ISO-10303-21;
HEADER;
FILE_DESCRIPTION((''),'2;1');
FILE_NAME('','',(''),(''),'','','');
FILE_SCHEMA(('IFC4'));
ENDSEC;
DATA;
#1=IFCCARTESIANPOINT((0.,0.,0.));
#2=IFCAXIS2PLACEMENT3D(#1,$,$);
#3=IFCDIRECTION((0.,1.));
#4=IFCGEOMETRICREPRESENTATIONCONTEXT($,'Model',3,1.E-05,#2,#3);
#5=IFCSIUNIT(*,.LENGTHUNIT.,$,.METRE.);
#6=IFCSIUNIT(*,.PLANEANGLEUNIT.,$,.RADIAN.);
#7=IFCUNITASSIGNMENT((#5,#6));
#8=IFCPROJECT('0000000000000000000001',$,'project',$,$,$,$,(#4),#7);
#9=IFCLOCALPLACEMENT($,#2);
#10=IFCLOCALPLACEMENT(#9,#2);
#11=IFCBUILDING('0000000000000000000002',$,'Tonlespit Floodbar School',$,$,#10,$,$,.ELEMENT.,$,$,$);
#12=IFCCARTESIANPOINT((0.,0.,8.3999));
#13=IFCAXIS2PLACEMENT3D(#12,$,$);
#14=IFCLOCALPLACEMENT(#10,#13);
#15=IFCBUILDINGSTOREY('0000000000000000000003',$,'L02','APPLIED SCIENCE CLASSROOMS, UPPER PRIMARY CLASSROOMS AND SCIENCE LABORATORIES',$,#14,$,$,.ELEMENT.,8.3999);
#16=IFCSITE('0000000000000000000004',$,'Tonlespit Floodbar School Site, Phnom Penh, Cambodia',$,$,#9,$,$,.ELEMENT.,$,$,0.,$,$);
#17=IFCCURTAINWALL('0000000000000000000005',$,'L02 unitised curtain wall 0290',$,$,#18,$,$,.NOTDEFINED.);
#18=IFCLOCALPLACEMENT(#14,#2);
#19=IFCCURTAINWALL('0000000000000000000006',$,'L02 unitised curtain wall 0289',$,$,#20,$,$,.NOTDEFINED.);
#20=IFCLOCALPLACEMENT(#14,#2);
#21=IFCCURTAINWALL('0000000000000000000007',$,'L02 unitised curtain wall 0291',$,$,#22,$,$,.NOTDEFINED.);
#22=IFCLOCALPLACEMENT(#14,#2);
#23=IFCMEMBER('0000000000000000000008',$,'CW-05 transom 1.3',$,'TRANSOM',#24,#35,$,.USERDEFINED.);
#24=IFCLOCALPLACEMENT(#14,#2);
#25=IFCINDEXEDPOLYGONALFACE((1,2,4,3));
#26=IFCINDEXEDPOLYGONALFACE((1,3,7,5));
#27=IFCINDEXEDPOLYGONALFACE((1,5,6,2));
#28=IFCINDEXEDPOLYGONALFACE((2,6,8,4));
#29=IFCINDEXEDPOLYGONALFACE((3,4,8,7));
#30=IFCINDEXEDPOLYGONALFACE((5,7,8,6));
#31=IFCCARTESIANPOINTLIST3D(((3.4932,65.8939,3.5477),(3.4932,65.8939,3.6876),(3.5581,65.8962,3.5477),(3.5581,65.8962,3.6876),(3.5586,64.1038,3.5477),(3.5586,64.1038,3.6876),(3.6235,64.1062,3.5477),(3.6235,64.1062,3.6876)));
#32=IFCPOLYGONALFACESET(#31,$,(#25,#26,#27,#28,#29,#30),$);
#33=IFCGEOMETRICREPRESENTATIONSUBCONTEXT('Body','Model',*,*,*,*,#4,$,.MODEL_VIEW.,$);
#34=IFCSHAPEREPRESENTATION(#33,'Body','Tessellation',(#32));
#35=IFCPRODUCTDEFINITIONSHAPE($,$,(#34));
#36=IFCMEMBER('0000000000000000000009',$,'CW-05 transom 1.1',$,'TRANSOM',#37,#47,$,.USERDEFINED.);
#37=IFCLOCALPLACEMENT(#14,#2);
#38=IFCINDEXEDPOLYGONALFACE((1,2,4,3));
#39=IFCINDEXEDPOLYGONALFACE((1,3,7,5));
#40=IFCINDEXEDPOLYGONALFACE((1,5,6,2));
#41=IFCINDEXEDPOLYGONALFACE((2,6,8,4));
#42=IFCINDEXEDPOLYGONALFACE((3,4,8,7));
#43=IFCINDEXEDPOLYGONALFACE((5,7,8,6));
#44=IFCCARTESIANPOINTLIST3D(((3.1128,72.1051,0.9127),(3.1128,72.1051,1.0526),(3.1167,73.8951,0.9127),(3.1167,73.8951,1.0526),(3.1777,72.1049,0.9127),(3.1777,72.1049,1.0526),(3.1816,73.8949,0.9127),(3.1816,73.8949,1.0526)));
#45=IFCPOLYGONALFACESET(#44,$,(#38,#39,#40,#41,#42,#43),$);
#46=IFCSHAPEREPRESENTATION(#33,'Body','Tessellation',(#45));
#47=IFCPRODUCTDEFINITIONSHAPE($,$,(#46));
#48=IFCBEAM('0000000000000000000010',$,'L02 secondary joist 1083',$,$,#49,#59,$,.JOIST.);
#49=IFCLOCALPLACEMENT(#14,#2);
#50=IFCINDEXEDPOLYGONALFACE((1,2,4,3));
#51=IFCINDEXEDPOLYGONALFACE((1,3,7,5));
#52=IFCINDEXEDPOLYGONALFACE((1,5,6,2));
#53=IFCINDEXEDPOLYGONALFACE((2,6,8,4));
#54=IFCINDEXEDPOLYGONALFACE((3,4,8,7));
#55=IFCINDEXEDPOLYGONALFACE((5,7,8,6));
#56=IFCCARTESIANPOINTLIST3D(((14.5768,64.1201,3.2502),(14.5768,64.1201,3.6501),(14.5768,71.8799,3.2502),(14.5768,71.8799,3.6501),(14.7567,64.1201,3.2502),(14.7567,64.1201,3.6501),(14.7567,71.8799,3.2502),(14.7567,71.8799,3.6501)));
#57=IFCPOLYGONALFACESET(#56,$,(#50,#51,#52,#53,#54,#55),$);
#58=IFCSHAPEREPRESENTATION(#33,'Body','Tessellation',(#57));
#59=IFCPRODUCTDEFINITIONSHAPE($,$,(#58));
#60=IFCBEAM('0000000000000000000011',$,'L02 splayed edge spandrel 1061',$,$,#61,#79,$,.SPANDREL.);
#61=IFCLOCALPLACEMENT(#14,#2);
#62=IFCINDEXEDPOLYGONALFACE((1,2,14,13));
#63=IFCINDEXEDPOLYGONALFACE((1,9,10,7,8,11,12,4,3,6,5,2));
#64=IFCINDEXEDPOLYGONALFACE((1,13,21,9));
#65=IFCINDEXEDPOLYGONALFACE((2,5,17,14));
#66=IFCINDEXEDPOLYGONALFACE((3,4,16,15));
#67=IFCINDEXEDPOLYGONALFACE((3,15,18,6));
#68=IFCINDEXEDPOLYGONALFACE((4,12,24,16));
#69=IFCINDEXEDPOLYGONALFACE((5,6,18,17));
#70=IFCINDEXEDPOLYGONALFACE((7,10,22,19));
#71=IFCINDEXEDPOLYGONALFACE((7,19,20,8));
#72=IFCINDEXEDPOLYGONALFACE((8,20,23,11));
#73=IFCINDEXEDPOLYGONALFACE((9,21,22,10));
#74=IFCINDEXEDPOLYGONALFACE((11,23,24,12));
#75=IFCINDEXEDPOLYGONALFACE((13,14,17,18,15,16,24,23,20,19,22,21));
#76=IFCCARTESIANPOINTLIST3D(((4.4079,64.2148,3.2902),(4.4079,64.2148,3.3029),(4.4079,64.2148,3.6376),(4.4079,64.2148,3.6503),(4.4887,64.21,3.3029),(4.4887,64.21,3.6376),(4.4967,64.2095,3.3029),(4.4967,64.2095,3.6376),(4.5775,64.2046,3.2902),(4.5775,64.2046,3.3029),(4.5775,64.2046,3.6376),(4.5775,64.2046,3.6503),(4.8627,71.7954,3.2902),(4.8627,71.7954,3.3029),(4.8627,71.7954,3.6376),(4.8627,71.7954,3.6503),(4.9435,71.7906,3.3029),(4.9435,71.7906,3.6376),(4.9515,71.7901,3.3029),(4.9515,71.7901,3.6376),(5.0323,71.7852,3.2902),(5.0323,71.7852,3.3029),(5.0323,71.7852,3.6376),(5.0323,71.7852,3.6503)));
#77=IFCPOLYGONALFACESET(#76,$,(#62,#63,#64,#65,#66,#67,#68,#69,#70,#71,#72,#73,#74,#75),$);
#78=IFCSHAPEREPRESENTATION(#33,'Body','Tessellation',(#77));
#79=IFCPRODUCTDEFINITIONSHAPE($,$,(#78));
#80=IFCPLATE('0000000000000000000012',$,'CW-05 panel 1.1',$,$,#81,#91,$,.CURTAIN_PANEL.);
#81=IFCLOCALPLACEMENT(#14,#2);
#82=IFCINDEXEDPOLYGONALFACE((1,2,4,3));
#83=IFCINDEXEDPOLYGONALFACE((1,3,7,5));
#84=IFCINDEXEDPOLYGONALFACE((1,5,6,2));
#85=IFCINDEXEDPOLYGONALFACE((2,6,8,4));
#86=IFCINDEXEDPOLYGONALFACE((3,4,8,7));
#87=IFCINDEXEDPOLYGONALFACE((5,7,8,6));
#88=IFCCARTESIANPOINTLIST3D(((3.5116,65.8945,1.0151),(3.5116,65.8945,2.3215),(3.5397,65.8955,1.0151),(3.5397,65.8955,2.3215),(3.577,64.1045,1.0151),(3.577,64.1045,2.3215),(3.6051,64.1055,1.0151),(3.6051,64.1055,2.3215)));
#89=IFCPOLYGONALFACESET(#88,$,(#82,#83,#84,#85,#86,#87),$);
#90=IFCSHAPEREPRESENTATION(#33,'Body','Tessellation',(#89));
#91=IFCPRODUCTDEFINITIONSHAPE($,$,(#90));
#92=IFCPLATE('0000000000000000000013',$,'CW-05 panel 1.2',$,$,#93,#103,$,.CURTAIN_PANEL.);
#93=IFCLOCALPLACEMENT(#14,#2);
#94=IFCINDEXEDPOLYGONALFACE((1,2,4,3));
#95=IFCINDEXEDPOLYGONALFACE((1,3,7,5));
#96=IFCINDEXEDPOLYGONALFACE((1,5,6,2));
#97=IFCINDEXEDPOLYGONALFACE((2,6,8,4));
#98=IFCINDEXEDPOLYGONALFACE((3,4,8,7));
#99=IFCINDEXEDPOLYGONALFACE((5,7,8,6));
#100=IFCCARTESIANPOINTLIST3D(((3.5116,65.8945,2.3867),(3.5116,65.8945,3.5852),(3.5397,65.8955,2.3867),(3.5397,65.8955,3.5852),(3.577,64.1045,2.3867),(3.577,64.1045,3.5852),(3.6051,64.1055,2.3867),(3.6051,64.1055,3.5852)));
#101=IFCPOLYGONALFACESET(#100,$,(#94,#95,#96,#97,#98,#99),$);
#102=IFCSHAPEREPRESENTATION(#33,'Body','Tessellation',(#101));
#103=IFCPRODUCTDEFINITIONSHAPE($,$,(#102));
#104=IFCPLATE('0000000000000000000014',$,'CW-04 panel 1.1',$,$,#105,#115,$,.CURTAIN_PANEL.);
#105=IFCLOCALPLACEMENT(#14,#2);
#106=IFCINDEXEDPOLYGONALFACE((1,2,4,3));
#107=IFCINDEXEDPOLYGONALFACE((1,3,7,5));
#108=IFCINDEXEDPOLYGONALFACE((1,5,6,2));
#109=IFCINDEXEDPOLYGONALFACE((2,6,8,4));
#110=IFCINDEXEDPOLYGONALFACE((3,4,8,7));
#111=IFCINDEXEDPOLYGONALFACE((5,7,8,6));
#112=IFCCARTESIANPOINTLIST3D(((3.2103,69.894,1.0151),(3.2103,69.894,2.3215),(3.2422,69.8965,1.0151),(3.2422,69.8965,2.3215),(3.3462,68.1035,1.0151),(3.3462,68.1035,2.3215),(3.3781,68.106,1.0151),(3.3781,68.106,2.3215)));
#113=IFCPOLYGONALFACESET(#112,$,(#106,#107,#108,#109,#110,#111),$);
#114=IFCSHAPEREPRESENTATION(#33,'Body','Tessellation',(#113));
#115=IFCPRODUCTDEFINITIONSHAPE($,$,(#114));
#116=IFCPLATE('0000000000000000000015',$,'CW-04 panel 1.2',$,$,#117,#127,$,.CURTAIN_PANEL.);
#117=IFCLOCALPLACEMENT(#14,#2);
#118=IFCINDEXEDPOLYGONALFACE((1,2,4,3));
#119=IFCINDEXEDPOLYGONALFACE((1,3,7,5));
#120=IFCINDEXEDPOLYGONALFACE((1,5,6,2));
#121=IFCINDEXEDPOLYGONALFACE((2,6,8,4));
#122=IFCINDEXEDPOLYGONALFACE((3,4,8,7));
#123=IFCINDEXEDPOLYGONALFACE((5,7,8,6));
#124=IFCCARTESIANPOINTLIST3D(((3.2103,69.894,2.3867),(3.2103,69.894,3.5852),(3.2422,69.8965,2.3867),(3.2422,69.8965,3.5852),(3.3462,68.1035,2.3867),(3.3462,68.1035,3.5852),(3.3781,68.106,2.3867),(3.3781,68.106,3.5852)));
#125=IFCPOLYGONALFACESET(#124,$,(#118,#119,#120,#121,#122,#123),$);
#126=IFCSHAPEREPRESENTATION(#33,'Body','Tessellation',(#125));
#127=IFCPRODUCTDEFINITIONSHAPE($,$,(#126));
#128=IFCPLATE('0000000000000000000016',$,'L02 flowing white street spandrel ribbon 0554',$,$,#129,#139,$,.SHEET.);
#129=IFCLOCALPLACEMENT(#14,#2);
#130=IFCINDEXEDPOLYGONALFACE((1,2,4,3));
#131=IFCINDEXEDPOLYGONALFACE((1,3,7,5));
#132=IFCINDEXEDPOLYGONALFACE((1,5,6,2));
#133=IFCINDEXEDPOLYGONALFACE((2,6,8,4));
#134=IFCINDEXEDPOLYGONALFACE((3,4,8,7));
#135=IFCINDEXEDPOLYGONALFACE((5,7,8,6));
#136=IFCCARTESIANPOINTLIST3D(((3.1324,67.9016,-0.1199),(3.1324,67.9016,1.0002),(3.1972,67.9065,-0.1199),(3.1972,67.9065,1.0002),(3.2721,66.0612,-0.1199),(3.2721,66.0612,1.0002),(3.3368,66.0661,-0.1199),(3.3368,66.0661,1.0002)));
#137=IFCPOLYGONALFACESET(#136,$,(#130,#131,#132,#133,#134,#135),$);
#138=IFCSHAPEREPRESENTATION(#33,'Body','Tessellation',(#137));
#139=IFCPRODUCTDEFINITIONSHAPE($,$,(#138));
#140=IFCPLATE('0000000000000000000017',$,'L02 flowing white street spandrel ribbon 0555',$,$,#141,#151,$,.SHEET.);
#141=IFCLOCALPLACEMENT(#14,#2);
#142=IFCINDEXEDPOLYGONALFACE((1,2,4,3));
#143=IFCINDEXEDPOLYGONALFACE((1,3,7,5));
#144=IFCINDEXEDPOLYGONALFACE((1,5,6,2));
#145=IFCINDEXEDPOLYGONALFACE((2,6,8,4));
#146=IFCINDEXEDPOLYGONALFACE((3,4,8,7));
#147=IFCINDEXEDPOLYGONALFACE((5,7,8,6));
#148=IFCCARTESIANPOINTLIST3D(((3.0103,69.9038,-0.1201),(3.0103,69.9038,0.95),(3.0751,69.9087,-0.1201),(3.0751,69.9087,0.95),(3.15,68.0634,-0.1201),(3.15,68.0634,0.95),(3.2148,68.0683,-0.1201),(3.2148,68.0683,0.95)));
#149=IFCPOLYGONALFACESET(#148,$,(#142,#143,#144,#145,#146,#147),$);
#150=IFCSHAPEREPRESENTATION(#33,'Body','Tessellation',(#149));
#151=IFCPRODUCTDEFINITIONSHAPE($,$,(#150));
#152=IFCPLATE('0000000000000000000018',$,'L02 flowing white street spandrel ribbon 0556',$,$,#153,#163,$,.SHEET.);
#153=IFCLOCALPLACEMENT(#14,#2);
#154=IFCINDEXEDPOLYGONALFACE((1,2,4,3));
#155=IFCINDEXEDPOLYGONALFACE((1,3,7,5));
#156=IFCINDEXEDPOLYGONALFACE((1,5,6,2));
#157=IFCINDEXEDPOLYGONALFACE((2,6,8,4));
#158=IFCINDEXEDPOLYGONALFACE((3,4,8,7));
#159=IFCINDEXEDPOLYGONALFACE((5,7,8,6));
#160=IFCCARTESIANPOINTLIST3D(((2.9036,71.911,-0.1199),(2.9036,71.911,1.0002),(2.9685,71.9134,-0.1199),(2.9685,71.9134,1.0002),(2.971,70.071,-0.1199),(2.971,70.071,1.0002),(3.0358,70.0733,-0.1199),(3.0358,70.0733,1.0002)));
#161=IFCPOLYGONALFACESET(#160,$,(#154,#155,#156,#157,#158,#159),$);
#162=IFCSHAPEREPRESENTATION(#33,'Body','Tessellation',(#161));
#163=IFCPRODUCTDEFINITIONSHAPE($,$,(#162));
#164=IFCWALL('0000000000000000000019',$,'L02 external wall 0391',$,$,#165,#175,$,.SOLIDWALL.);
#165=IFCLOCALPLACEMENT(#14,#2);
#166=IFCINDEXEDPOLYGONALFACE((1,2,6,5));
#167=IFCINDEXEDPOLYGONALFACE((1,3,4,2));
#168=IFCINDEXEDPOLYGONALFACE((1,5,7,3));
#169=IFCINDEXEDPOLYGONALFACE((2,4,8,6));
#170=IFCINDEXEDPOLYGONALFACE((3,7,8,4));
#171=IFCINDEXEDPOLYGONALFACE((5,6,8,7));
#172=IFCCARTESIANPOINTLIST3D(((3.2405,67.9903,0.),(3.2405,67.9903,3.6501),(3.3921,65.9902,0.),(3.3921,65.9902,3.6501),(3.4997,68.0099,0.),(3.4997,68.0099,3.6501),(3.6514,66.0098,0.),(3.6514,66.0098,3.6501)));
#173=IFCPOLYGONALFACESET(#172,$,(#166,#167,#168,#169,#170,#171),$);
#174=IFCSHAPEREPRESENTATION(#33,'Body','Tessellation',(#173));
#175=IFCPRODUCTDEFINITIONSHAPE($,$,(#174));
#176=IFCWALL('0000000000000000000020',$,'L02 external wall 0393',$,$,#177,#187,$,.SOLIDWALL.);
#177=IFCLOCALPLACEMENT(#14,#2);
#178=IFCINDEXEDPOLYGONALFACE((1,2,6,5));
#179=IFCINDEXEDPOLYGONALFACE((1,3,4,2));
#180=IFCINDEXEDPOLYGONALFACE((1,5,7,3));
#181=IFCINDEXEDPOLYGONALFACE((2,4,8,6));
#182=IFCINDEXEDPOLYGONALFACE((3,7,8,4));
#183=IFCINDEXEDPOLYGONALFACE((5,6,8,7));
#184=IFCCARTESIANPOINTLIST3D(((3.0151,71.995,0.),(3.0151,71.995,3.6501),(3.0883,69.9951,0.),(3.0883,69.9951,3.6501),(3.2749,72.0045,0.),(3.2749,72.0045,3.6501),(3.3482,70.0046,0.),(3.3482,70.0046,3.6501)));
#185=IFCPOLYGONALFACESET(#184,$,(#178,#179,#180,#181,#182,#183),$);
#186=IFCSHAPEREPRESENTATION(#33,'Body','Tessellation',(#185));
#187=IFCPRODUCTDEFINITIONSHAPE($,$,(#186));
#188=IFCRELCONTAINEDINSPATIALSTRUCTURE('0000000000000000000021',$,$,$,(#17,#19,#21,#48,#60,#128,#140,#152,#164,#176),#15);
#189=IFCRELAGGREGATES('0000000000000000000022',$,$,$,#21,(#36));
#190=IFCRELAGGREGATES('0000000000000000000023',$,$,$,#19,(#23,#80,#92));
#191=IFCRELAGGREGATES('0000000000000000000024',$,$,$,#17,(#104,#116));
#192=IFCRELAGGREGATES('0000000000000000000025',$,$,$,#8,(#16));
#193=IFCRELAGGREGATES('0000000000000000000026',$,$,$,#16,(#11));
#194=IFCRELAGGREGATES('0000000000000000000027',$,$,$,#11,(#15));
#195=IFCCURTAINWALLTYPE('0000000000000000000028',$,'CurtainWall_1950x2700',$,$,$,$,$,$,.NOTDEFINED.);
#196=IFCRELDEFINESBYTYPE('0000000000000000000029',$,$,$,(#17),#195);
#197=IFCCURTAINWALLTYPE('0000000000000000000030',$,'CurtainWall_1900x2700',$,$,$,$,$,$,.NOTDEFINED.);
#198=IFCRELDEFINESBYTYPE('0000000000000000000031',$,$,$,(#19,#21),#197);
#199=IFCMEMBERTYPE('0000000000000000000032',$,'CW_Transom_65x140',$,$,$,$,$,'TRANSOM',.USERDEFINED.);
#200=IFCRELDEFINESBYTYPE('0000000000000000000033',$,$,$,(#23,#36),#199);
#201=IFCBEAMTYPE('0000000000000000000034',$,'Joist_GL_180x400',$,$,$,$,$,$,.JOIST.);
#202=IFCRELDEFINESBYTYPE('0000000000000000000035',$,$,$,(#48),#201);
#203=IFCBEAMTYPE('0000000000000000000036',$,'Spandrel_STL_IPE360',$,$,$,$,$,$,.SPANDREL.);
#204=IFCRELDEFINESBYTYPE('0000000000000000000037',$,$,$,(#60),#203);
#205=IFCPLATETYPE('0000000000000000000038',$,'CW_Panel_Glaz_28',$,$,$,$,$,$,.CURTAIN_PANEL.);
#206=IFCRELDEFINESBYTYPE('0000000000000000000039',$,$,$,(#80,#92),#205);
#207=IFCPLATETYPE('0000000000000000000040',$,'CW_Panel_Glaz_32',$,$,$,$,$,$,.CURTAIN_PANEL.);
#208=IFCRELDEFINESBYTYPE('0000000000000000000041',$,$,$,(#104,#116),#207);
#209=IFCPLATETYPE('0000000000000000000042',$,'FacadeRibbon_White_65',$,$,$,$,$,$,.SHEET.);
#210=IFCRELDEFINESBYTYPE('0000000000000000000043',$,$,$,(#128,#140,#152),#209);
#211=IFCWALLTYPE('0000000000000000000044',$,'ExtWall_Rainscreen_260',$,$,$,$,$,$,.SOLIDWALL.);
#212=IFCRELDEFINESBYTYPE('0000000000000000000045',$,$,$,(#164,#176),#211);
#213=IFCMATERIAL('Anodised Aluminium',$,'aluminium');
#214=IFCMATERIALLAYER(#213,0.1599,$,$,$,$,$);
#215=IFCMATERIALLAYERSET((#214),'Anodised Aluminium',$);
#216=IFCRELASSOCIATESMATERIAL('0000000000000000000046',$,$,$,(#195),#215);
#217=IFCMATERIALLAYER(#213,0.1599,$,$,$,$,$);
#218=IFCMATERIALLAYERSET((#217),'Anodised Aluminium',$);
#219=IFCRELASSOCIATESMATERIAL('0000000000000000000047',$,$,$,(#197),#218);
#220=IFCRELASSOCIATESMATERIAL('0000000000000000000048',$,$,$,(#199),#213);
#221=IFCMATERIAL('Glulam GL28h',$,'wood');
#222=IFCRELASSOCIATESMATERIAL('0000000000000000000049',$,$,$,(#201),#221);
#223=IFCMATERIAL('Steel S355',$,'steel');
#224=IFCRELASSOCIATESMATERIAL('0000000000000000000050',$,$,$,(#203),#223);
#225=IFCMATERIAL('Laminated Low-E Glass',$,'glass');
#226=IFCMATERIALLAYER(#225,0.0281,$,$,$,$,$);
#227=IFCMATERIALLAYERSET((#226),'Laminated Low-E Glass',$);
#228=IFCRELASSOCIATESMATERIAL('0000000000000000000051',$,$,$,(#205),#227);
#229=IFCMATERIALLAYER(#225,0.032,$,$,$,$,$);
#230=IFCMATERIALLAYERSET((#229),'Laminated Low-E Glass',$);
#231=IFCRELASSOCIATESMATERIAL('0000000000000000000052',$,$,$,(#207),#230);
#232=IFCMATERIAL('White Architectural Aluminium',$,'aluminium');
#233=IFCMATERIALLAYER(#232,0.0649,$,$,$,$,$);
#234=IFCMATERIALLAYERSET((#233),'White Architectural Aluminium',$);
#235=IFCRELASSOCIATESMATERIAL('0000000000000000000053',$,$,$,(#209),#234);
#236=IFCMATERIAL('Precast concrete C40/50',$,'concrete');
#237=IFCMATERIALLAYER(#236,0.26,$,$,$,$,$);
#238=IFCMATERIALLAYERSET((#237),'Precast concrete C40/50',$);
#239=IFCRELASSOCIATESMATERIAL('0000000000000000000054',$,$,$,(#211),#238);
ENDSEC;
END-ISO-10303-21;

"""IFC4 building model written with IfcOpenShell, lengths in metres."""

from ifc_helpers import new_model, si_unit, direction, frame, frame_2d, origin, origin_2d, place, context, subcontext, project, spatial, rectangle, i_section, extrude, material, layer, layer_set, material_profile, profile_set, type_object, element, aggregate, save


model = new_model("IFC4")

# Units and contexts
model_context = context("Model", 3, precision=1e-05, world=origin(), true_north=direction((0.0, 1.0)))
body_context = subcontext(model_context, "Body", "Model", "MODEL_VIEW")
ifc_project = project(units=[si_unit("LENGTHUNIT", "METRE"), si_unit("PLANEANGLEUNIT", "RADIAN")], contexts=[model_context])

# Site, building, storey
site_placement = place(None, origin())
site = spatial("IfcSite", under=ifc_project, at=site_placement, Name="Tonlespit Floodbar School Site, Phnom Penh, Cambodia", CompositionType="ELEMENT", RefElevation=0.0)
building_placement = place(site_placement, origin())
building = spatial("IfcBuilding", under=site, at=building_placement, Name="Tonlespit Floodbar School", CompositionType="ELEMENT")
storey_placement = place(building_placement, frame((0.0, 0.0, 8.3999)))
storey = spatial("IfcBuildingStorey", under=building, at=storey_placement, Name="L02", Description="APPLIED SCIENCE CLASSROOMS, UPPER PRIMARY CLASSROOMS AND SCIENCE LABORATORIES", CompositionType="ELEMENT", Elevation=8.3999)

# Shared definitions
ifc_material_1 = material(Name="Glulam GL28h", Category="wood")

# Curtain wall
ifc_material_2 = material(Name="Anodised Aluminium", Category="aluminium")
ifc_layer_1 = layer(ifc_material_2, 0.1599)
ifc_layer_set_1 = layer_set([ifc_layer_1], Name="Anodised Aluminium")
curtain_wall_type_1 = type_object("IfcCurtainWallType", Name="CurtainWall_1950x2700", PredefinedType="NOTDEFINED", material=ifc_layer_set_1)
curtain_wall_1_placement = place(storey_placement, origin())
curtain_wall_1 = element("IfcCurtainWall", 1, at=curtain_wall_1_placement, inside=storey, type_object=curtain_wall_type_1, Name="L02 unitised curtain wall 0290", PredefinedType="NOTDEFINED")

# Curtain walls
ifc_layer_2 = layer(ifc_material_2, 0.1599)
ifc_layer_set_2 = layer_set([ifc_layer_2], Name="Anodised Aluminium")
curtain_wall_type_2 = type_object("IfcCurtainWallType", Name="CurtainWall_1900x2700", PredefinedType="NOTDEFINED", material=ifc_layer_set_2)
curtain_wall_2_placement = place(storey_placement, origin())
curtain_wall_2 = element("IfcCurtainWall", 2, at=curtain_wall_2_placement, inside=storey, type_object=curtain_wall_type_2, Name="L02 unitised curtain wall 0289", PredefinedType="NOTDEFINED")
curtain_wall_3_placement = place(storey_placement, origin())
curtain_wall_3 = element("IfcCurtainWall", 3, at=curtain_wall_3_placement, inside=storey, type_object=curtain_wall_type_2, Name="L02 unitised curtain wall 0291", PredefinedType="NOTDEFINED")

# Members
ifc_material_profile_1 = material_profile(ifc_material_2, rectangle(XDim=0.0649, YDim=0.1399, at=origin_2d()), Name="ALU T65x140")
ifc_profile_set_1 = profile_set([ifc_material_profile_1], Name="Anodised Aluminium")
member_type_1 = type_object("IfcMemberType", Name="CW_Transom_65x140", ElementType="TRANSOM", PredefinedType="USERDEFINED", material=ifc_profile_set_1)
member_1_placement = place(storey_placement, frame((3.5911, 64.105, 3.6177), z_axis=(-0.036528, 0.999333, 0.0), x_axis=(-0.999333, -0.036528, 0.0)))
member_1 = element("IfcMember", 4, at=member_1_placement, type_object=member_type_1, Name="CW-05 transom 1.3", ObjectType="TRANSOM", PredefinedType="USERDEFINED", context=body_context, shape_type="SweptSolid", body=[
    extrude(rectangle(XDim=0.0649, YDim=0.1399, at=origin_2d()), origin(), (0.0, 0.0, 1.0), 1.7913),
])
member_2_placement = place(storey_placement, frame((3.1453, 72.105, 0.9827), z_axis=(0.002182, 0.999998, 0.0), x_axis=(-0.999998, 0.002182, 0.0)))
member_2 = element("IfcMember", 5, at=member_2_placement, type_object=member_type_1, Name="CW-05 transom 1.1", ObjectType="TRANSOM", PredefinedType="USERDEFINED", context=body_context, shape_type="SweptSolid", body=[
    extrude(rectangle(XDim=0.0649, YDim=0.1399, at=origin_2d()), origin(), (0.0, 0.0, 1.0), 1.79),
])
aggregate(curtain_wall_3, [member_2])

# Beams
ifc_material_profile_2 = material_profile(ifc_material_1, rectangle(XDim=0.1799, YDim=0.3999, at=origin_2d()), Name="GL 180x400")
ifc_profile_set_2 = profile_set([ifc_material_profile_2], Name="Glulam GL28h")
beam_type_1 = type_object("IfcBeamType", Name="Joist_GL_180x400", PredefinedType="JOIST", material=ifc_profile_set_2)
beam_1_placement = place(storey_placement, frame((14.6667, 64.1201, 3.4502), z_axis=(0.0, 1.0, 0.0), x_axis=(-1.0, 0.0, 0.0)))
element("IfcBeam", 6, at=beam_1_placement, inside=storey, type_object=beam_type_1, Name="L02 secondary joist 1083", PredefinedType="JOIST", context=body_context, shape_type="SweptSolid", body=[
    extrude(rectangle(XDim=0.1799, YDim=0.3999, at=origin_2d()), origin(), (0.0, 0.0, 1.0), 7.7598),
])
ifc_material_3 = material(Name="Steel S355", Category="steel")
ifc_material_profile_3 = material_profile(ifc_material_3, i_section(OverallWidth=0.1699, OverallDepth=0.3601, WebThickness=0.0081, FlangeThickness=0.0127, at=origin_2d()), Name="IPE 360")
ifc_profile_set_3 = profile_set([ifc_material_profile_3], Name="Steel S355")
beam_type_2 = type_object("IfcBeamType", Name="Spandrel_STL_IPE360", PredefinedType="SPANDREL", material=ifc_profile_set_3)
beam_2_placement = place(storey_placement, frame((4.4927, 64.2097, 3.4702), z_axis=(0.059892, 0.998205, 0.0), x_axis=(-0.998205, 0.059892, 0.0)))
element("IfcBeam", 7, at=beam_2_placement, inside=storey, type_object=beam_type_2, Name="L02 splayed edge spandrel 1061", PredefinedType="SPANDREL", context=body_context, shape_type="SweptSolid", body=[
    extrude(i_section(OverallWidth=0.1699, OverallDepth=0.3601, WebThickness=0.0081, FlangeThickness=0.0127, at=origin_2d()), origin(), (0.0, 0.0, 1.0), 7.5942),
])

# Plates
ifc_material_4 = material(Name="Laminated Low-E Glass", Category="glass")
ifc_layer_3 = layer(ifc_material_4, 0.0281)
ifc_layer_set_3 = layer_set([ifc_layer_3], Name="Laminated Low-E Glass")
plate_type_1 = type_object("IfcPlateType", Name="CW_Panel_Glaz_28", PredefinedType="CURTAIN_PANEL", material=ifc_layer_set_3)
plate_1_placement = place(storey_placement, frame((3.5583, 65.0, 1.0151), z_axis=(0.0, 0.0, 1.0), x_axis=(-0.036538, 0.999332, 0.0)))
plate_1 = element("IfcPlate", 8, at=plate_1_placement, type_object=plate_type_1, Name="CW-05 panel 1.1", PredefinedType="CURTAIN_PANEL", context=body_context, shape_type="SweptSolid", body=[
    extrude(rectangle(XDim=1.7913, YDim=0.0281, at=origin_2d()), origin(), (0.0, 0.0, 1.0), 1.3064),
])
plate_2_placement = place(storey_placement, frame((3.5583, 65.0, 2.3867), z_axis=(0.0, 0.0, 1.0), x_axis=(-0.036538, 0.999332, 0.0)))
plate_2 = element("IfcPlate", 9, at=plate_2_placement, type_object=plate_type_1, Name="CW-05 panel 1.2", PredefinedType="CURTAIN_PANEL", context=body_context, shape_type="SweptSolid", body=[
    extrude(rectangle(XDim=1.7913, YDim=0.0281, at=origin_2d()), origin(), (0.0, 0.0, 1.0), 1.1985),
])
aggregate(curtain_wall_2, [member_1, plate_1, plate_2])
ifc_layer_4 = layer(ifc_material_4, 0.032)
ifc_layer_set_4 = layer_set([ifc_layer_4], Name="Laminated Low-E Glass")
plate_type_2 = type_object("IfcPlateType", Name="CW_Panel_Glaz_32", PredefinedType="CURTAIN_PANEL", material=ifc_layer_set_4)
plate_3_placement = place(storey_placement, frame((3.2942, 69.0, 1.0151), z_axis=(0.0, 0.0, 1.0), x_axis=(-0.075712, 0.99713, 0.0)))
plate_3 = element("IfcPlate", 10, at=plate_3_placement, type_object=plate_type_2, Name="CW-04 panel 1.1", PredefinedType="CURTAIN_PANEL", context=body_context, shape_type="SweptSolid", body=[
    extrude(rectangle(XDim=1.7957, YDim=0.032, at=origin_2d()), origin(), (0.0, 0.0, 1.0), 1.3064),
])
plate_4_placement = place(storey_placement, frame((3.2942, 69.0, 2.3867), z_axis=(0.0, 0.0, 1.0), x_axis=(-0.075712, 0.99713, 0.0)))
plate_4 = element("IfcPlate", 11, at=plate_4_placement, type_object=plate_type_2, Name="CW-04 panel 1.2", PredefinedType="CURTAIN_PANEL", context=body_context, shape_type="SweptSolid", body=[
    extrude(rectangle(XDim=1.7957, YDim=0.032, at=origin_2d()), origin(), (0.0, 0.0, 1.0), 1.1985),
])
aggregate(curtain_wall_1, [plate_3, plate_4])

# Plates
ifc_material_5 = material(Name="White Architectural Aluminium", Category="aluminium")
ifc_layer_5 = layer(ifc_material_5, 0.0649)
ifc_layer_set_5 = layer_set([ifc_layer_5], Name="White Architectural Aluminium")
plate_type_3 = type_object("IfcPlateType", Name="FacadeRibbon_White_65", PredefinedType="SHEET", material=ifc_layer_set_5)
plate_5_placement = place(storey_placement, frame((3.2346, 66.9839, -0.1199), z_axis=(0.0, 0.0, 1.0), x_axis=(-0.075682, 0.997132, 0.0)))
element("IfcPlate", 12, at=plate_5_placement, inside=storey, type_object=plate_type_3, Name="L02 flowing white street spandrel ribbon 0554", PredefinedType="SHEET", context=body_context, shape_type="SweptSolid", body=[
    extrude(rectangle(XDim=1.8457, YDim=0.0649, at=origin_2d()), origin(), (0.0, 0.0, 1.0), 1.1201),
])
plate_6_placement = place(storey_placement, frame((3.1125, 68.9861, -0.1201), z_axis=(0.0, 0.0, 1.0), x_axis=(-0.075682, 0.997132, 0.0)))
element("IfcPlate", 13, at=plate_6_placement, inside=storey, type_object=plate_type_3, Name="L02 flowing white street spandrel ribbon 0555", PredefinedType="SHEET", context=body_context, shape_type="SweptSolid", body=[
    extrude(rectangle(XDim=1.8457, YDim=0.0649, at=origin_2d()), origin(), (0.0, 0.0, 1.0), 1.0701),
])
plate_7_placement = place(storey_placement, frame((2.9697, 70.9922, -0.1199), z_axis=(0.0, 0.0, 1.0), x_axis=(-0.036576, 0.999331, 0.0)))
element("IfcPlate", 14, at=plate_7_placement, inside=storey, type_object=plate_type_3, Name="L02 flowing white street spandrel ribbon 0556", PredefinedType="SHEET", context=body_context, shape_type="SweptSolid", body=[
    extrude(rectangle(XDim=1.8413, YDim=0.0649, at=origin_2d()), origin(), (0.0, 0.0, 1.0), 1.1201),
])

# Walls
ifc_material_6 = material(Name="Precast concrete C40/50", Category="concrete")
ifc_layer_6 = layer(ifc_material_6, 0.26)
ifc_layer_set_6 = layer_set([ifc_layer_6], Name="Precast concrete C40/50")
wall_type_1 = type_object("IfcWallType", Name="ExtWall_Rainscreen_260", PredefinedType="SOLIDWALL", material=ifc_layer_set_6)
wall_1_placement = place(storey_placement, frame((3.5217, 66.0, 0.0), z_axis=(0.0, 0.0, 1.0), x_axis=(-0.075589, 0.997139, 0.0)))
element("IfcWall", 15, at=wall_1_placement, inside=storey, type_object=wall_type_1, Name="L02 external wall 0391", PredefinedType="SOLIDWALL", context=body_context, shape_type="SweptSolid", body=[
    extrude(rectangle(XDim=2.0059, YDim=0.26, at=frame_2d((1.0029, 0.0))), origin(), (0.0, 0.0, 1.0), 3.6501),
])
wall_2_placement = place(storey_placement, frame((3.2183, 70.0, 0.0), z_axis=(0.0, 0.0, 1.0), x_axis=(-0.036597, 0.99933, 0.0)))
element("IfcWall", 16, at=wall_2_placement, inside=storey, type_object=wall_type_1, Name="L02 external wall 0393", PredefinedType="SOLIDWALL", context=body_context, shape_type="SweptSolid", body=[
    extrude(rectangle(XDim=2.0012, YDim=0.26, at=frame_2d((1.0005, 0.0))), origin(), (0.0, 0.0, 1.0), 3.6501),
])

save(model, "model.ifc")
